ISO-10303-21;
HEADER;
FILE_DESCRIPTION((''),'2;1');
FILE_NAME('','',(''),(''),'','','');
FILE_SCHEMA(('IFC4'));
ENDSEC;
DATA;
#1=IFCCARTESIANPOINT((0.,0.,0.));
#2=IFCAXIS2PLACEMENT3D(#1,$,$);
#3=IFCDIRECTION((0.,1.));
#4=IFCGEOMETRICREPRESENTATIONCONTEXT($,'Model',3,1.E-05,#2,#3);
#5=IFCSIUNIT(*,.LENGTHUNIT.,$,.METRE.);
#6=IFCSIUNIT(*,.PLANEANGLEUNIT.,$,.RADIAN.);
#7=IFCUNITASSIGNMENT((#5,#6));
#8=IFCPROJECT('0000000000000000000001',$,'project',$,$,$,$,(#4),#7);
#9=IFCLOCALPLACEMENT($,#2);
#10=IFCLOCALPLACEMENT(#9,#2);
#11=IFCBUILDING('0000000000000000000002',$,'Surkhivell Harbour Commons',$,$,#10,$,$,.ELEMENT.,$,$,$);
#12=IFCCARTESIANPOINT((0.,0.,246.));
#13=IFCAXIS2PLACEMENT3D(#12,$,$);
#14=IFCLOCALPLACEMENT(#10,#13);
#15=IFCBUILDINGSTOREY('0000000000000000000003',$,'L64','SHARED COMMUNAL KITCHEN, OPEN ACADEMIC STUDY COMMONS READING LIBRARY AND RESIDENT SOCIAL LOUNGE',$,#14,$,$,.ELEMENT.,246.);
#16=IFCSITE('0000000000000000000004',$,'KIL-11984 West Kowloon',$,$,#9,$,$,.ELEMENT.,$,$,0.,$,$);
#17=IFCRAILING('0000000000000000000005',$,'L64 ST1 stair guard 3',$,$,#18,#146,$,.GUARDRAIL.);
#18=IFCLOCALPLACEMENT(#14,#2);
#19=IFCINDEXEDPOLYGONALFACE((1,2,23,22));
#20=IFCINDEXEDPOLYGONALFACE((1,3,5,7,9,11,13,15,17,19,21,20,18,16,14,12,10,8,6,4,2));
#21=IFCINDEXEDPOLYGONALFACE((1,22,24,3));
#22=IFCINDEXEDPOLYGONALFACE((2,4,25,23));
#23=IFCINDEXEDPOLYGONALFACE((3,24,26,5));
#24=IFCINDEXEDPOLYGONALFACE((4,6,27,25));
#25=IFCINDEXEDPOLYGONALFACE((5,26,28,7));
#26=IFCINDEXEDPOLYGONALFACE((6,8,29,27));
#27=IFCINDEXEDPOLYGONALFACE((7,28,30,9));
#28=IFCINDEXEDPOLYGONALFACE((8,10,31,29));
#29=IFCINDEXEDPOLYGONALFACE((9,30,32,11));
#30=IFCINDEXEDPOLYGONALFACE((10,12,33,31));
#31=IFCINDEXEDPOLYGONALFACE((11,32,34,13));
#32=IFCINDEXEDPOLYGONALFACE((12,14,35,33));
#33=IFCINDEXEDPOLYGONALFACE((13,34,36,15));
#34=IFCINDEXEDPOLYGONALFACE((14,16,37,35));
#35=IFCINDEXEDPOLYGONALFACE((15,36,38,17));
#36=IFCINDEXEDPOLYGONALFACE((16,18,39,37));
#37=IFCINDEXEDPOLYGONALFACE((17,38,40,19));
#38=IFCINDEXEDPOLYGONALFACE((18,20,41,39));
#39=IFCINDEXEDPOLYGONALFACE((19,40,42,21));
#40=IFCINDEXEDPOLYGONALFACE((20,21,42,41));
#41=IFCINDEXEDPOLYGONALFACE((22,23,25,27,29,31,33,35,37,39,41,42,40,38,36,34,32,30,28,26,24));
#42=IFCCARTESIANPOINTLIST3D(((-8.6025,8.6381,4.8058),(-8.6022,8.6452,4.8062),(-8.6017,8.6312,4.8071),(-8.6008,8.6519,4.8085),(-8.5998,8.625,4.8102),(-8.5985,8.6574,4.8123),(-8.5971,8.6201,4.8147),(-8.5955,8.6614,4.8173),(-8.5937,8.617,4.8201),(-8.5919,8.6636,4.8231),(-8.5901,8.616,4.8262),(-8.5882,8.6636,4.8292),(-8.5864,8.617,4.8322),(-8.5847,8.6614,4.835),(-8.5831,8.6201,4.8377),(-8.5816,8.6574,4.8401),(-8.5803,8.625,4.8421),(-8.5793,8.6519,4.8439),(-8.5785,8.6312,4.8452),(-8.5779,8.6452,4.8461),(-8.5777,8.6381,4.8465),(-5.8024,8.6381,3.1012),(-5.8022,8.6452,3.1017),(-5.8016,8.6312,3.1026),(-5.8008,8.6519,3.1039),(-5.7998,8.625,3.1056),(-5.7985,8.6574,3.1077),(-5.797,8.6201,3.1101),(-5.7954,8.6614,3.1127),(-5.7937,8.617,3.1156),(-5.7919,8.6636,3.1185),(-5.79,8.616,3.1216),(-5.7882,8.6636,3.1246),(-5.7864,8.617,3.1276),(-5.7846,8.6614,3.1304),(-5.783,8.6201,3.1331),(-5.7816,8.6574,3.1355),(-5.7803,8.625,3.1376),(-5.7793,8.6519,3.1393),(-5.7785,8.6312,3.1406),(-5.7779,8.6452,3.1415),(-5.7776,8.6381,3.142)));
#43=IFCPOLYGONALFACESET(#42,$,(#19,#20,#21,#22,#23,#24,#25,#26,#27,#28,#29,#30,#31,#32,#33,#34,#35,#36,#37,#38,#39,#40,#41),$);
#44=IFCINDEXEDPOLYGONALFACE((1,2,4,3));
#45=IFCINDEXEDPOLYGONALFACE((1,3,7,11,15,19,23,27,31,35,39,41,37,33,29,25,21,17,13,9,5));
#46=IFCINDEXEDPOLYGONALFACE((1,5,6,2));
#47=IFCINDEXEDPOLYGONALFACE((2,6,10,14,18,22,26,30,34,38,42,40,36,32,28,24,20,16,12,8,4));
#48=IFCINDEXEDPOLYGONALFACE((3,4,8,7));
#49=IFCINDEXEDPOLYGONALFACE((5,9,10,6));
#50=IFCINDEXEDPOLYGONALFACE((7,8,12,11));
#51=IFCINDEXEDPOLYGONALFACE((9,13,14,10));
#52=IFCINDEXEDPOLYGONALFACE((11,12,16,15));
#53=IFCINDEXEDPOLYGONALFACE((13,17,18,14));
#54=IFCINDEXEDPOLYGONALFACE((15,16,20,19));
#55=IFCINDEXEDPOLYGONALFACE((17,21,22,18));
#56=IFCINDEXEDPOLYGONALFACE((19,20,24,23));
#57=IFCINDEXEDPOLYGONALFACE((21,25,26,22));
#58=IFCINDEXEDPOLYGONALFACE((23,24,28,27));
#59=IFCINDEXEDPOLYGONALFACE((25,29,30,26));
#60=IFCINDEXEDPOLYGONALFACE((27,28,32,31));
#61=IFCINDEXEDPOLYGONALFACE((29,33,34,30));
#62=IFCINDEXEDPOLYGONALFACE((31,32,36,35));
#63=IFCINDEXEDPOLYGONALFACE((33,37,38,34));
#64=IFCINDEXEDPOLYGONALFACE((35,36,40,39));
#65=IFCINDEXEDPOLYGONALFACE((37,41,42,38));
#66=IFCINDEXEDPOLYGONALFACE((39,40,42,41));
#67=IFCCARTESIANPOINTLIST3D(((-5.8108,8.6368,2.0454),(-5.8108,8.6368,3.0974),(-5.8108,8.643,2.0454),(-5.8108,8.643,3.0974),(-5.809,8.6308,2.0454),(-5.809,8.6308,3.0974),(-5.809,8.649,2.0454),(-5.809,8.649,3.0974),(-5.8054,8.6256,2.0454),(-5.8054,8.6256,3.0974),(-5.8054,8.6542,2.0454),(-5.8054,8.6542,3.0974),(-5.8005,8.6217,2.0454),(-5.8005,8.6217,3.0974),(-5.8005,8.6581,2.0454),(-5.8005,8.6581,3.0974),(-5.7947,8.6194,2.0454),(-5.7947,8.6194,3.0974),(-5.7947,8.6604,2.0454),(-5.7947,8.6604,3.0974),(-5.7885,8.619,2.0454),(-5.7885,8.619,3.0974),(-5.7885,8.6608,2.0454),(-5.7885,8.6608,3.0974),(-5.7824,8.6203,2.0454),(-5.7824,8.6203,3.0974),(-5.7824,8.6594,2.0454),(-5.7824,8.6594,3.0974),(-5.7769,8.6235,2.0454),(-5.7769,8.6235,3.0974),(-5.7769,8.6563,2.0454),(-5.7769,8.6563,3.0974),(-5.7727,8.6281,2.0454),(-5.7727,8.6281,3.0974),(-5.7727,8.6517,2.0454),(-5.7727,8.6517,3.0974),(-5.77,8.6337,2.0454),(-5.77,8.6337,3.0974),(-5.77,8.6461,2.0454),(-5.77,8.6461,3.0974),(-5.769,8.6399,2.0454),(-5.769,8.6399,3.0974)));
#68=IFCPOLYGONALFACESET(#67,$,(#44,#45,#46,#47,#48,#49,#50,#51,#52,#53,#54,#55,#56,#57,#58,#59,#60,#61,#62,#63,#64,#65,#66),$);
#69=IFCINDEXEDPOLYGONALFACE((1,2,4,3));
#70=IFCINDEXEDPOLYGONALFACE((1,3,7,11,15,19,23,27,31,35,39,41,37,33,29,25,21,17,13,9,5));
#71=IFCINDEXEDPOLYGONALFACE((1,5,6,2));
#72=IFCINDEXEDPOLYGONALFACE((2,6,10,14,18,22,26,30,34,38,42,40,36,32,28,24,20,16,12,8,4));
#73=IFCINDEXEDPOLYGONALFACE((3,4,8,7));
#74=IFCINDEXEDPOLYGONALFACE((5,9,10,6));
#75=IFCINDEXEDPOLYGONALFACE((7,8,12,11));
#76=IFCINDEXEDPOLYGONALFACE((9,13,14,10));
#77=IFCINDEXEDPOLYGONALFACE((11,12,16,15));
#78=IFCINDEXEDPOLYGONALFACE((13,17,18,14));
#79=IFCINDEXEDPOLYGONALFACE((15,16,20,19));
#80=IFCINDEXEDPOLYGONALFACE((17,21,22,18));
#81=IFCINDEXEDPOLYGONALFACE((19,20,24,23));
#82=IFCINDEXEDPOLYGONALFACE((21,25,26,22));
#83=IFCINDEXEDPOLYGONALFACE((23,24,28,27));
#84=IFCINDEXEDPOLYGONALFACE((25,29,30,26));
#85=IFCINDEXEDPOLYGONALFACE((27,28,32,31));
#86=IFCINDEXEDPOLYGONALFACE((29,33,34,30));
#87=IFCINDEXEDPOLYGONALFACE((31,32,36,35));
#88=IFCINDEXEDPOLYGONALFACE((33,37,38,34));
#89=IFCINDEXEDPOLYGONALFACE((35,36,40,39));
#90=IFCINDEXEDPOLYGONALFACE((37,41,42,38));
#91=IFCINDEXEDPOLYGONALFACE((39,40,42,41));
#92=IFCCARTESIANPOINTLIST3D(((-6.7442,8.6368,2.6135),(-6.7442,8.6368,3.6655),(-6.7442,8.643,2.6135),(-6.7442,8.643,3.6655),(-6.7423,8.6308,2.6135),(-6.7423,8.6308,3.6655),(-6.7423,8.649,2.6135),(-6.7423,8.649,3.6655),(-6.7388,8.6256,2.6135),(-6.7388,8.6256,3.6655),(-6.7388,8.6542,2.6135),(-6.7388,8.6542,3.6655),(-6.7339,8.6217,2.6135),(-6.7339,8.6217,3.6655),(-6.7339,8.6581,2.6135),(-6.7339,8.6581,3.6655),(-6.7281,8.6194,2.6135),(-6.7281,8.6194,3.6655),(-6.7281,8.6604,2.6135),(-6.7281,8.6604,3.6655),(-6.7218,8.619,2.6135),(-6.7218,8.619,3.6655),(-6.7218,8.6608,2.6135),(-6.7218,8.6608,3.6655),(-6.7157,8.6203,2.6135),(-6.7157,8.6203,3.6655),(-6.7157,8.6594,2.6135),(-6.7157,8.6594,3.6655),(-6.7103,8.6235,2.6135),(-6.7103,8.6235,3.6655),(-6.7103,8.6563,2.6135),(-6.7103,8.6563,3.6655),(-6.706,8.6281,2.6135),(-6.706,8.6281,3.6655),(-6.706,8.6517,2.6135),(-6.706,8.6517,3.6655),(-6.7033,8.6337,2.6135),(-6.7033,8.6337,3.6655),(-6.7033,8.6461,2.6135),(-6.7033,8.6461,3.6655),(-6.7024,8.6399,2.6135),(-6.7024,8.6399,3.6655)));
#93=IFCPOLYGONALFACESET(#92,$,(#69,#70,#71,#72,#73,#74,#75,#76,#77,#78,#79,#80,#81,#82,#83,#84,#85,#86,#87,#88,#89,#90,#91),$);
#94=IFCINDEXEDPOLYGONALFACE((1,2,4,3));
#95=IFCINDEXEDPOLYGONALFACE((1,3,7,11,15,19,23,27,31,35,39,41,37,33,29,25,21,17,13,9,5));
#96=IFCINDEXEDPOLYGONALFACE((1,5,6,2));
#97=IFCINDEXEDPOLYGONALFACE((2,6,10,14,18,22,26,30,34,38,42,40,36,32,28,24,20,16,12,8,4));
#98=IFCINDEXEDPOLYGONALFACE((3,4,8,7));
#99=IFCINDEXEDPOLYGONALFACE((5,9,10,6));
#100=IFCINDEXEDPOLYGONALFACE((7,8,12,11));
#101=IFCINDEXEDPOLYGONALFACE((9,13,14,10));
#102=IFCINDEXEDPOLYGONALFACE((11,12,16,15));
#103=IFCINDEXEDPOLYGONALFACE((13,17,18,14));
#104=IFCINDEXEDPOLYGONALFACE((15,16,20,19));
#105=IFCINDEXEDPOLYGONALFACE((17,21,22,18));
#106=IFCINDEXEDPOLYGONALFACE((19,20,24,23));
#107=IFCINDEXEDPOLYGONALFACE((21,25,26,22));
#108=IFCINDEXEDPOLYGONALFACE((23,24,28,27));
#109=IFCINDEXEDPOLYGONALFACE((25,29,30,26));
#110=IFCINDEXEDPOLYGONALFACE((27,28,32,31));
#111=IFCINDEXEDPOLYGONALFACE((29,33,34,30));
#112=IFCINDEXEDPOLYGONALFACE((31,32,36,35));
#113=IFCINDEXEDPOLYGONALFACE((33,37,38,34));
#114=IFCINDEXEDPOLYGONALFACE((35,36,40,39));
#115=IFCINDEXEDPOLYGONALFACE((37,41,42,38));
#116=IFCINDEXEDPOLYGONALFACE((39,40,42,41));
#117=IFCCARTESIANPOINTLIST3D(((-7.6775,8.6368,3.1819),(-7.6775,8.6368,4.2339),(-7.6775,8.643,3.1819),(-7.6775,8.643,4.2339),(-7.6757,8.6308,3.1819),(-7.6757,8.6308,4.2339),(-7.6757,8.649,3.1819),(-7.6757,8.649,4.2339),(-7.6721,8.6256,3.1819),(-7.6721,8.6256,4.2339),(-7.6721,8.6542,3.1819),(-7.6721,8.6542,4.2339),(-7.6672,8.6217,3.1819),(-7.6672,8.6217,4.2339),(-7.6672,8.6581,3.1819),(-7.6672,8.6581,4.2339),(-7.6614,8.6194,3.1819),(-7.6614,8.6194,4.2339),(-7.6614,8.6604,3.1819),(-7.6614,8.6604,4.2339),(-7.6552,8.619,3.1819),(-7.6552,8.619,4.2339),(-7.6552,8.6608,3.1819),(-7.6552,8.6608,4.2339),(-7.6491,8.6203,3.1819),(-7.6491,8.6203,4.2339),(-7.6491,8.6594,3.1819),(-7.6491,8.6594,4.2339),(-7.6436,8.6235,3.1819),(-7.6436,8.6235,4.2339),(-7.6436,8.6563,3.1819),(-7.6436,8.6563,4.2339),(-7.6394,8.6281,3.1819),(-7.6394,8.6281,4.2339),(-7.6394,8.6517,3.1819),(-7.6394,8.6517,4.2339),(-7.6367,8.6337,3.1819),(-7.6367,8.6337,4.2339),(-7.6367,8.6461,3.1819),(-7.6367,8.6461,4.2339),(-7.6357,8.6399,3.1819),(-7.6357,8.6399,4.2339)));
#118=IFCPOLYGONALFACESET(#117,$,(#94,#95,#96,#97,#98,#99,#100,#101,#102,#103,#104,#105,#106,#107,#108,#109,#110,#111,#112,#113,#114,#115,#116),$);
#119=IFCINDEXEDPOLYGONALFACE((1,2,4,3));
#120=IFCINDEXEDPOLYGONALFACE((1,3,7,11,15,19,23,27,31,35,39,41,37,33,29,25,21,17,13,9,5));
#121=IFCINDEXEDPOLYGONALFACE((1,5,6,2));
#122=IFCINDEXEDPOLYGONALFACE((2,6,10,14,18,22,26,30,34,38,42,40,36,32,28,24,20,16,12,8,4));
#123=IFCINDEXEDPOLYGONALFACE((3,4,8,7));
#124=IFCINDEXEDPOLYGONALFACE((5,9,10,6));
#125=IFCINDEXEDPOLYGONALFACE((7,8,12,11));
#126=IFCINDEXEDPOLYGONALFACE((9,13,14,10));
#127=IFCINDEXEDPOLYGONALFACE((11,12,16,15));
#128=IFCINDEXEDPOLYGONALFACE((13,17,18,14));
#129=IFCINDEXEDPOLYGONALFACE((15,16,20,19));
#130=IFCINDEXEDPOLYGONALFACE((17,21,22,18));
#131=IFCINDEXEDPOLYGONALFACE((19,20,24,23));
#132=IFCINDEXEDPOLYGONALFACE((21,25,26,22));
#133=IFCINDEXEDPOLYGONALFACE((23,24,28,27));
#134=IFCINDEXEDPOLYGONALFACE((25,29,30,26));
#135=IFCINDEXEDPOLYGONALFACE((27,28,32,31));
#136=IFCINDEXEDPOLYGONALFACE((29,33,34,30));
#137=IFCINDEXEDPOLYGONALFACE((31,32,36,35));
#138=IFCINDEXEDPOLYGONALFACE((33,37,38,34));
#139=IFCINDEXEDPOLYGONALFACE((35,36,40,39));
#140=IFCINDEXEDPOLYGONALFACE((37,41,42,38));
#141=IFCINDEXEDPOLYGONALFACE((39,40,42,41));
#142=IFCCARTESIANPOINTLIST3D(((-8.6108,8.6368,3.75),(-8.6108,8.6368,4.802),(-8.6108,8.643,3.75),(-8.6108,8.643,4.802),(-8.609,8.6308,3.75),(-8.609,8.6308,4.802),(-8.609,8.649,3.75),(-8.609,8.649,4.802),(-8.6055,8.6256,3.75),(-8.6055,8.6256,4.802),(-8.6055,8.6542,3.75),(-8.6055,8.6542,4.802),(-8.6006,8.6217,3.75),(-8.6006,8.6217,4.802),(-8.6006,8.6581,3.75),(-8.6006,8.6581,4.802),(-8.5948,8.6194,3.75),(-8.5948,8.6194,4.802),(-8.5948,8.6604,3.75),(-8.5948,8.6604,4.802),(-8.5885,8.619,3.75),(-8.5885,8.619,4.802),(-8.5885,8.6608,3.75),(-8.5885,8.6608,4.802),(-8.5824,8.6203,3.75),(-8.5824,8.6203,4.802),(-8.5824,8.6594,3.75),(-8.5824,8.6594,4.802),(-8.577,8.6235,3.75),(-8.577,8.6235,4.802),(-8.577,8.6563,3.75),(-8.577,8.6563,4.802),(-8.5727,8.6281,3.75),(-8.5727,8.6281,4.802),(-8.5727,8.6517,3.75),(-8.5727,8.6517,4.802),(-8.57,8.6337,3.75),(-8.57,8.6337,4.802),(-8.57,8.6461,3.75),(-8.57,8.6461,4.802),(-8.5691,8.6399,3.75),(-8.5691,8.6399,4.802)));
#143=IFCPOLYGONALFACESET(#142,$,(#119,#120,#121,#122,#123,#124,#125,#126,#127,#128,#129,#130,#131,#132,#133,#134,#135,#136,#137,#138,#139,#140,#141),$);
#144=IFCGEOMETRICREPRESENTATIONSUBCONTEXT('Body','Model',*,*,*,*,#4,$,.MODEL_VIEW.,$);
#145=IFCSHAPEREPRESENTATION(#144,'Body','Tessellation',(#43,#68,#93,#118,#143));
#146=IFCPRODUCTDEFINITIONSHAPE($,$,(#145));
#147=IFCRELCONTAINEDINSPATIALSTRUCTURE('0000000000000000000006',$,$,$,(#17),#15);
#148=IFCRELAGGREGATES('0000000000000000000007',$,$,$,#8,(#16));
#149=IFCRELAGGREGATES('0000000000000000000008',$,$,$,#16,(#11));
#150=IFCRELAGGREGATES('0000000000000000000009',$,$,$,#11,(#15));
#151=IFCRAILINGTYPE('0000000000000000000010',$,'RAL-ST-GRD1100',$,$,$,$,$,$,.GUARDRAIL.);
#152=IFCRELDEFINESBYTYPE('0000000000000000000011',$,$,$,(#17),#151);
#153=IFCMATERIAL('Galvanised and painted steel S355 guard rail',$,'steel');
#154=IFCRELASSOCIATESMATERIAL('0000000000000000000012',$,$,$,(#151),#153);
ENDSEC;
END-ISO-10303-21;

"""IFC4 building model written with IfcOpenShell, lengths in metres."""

from ifc_helpers import new_model, si_unit, direction, frame, origin, origin_2d, place, context, subcontext, project, spatial, circle, extrude, material, type_object, element, save


model = new_model("IFC4")

# Units and contexts
model_context = context("Model", 3, precision=1e-05, world=origin(), true_north=direction((0.0, 1.0)))
body_context = subcontext(model_context, "Body", "Model", "MODEL_VIEW")
ifc_project = project(units=[si_unit("LENGTHUNIT", "METRE"), si_unit("PLANEANGLEUNIT", "RADIAN")], contexts=[model_context])

# Site, building, storey
site_placement = place(None, origin())
site = spatial("IfcSite", under=ifc_project, at=site_placement, Name="KIL-11984 West Kowloon", CompositionType="ELEMENT", RefElevation=0.0)
building_placement = place(site_placement, origin())
building = spatial("IfcBuilding", under=site, at=building_placement, Name="Surkhivell Harbour Commons", CompositionType="ELEMENT")
storey_placement = place(building_placement, frame((0.0, 0.0, 246.0)))
storey = spatial("IfcBuildingStorey", under=building, at=storey_placement, Name="L64", Description="SHARED COMMUNAL KITCHEN, OPEN ACADEMIC STUDY COMMONS READING LIBRARY AND RESIDENT SOCIAL LOUNGE", CompositionType="ELEMENT", Elevation=246.0)

# Railing
ifc_material_1 = material(Name="Galvanised and painted steel S355 guard rail", Category="steel")
railing_type_1 = type_object("IfcRailingType", Name="RAL-ST-GRD1100", PredefinedType="GUARDRAIL", material=ifc_material_1)
railing_1_placement = place(storey_placement, frame((-5.79, 8.6399, 2.0454)))
element("IfcRailing", 1, at=railing_1_placement, inside=storey, type_object=railing_type_1, Name="L64 ST1 stair guard 3", PredefinedType="GUARDRAIL", context=body_context, shape_type="SweptSolid", body=[
    extrude(circle(Radius=0.0239, at=origin_2d()), frame((0.0, 0.0, 1.0762), z_axis=(-0.85417, 0.0, 0.519994), x_axis=(0.0, -1.0, 0.0)), (0.0, 0.0, 1.0), 3.2781),
    extrude(circle(Radius=0.021, at=origin_2d()), origin(), (0.0, 0.0, 1.0), 1.052),
    extrude(circle(Radius=0.021, at=origin_2d()), frame((-0.9333, 0.0, 0.5681)), (0.0, 0.0, 1.0), 1.052),
    extrude(circle(Radius=0.021, at=origin_2d()), frame((-1.8667, 0.0, 1.1365)), (0.0, 0.0, 1.0), 1.052),
    extrude(circle(Radius=0.021, at=origin_2d()), frame((-2.8, 0.0, 1.7046)), (0.0, 0.0, 1.0), 1.052),
])

save(model, "model.ifc")
